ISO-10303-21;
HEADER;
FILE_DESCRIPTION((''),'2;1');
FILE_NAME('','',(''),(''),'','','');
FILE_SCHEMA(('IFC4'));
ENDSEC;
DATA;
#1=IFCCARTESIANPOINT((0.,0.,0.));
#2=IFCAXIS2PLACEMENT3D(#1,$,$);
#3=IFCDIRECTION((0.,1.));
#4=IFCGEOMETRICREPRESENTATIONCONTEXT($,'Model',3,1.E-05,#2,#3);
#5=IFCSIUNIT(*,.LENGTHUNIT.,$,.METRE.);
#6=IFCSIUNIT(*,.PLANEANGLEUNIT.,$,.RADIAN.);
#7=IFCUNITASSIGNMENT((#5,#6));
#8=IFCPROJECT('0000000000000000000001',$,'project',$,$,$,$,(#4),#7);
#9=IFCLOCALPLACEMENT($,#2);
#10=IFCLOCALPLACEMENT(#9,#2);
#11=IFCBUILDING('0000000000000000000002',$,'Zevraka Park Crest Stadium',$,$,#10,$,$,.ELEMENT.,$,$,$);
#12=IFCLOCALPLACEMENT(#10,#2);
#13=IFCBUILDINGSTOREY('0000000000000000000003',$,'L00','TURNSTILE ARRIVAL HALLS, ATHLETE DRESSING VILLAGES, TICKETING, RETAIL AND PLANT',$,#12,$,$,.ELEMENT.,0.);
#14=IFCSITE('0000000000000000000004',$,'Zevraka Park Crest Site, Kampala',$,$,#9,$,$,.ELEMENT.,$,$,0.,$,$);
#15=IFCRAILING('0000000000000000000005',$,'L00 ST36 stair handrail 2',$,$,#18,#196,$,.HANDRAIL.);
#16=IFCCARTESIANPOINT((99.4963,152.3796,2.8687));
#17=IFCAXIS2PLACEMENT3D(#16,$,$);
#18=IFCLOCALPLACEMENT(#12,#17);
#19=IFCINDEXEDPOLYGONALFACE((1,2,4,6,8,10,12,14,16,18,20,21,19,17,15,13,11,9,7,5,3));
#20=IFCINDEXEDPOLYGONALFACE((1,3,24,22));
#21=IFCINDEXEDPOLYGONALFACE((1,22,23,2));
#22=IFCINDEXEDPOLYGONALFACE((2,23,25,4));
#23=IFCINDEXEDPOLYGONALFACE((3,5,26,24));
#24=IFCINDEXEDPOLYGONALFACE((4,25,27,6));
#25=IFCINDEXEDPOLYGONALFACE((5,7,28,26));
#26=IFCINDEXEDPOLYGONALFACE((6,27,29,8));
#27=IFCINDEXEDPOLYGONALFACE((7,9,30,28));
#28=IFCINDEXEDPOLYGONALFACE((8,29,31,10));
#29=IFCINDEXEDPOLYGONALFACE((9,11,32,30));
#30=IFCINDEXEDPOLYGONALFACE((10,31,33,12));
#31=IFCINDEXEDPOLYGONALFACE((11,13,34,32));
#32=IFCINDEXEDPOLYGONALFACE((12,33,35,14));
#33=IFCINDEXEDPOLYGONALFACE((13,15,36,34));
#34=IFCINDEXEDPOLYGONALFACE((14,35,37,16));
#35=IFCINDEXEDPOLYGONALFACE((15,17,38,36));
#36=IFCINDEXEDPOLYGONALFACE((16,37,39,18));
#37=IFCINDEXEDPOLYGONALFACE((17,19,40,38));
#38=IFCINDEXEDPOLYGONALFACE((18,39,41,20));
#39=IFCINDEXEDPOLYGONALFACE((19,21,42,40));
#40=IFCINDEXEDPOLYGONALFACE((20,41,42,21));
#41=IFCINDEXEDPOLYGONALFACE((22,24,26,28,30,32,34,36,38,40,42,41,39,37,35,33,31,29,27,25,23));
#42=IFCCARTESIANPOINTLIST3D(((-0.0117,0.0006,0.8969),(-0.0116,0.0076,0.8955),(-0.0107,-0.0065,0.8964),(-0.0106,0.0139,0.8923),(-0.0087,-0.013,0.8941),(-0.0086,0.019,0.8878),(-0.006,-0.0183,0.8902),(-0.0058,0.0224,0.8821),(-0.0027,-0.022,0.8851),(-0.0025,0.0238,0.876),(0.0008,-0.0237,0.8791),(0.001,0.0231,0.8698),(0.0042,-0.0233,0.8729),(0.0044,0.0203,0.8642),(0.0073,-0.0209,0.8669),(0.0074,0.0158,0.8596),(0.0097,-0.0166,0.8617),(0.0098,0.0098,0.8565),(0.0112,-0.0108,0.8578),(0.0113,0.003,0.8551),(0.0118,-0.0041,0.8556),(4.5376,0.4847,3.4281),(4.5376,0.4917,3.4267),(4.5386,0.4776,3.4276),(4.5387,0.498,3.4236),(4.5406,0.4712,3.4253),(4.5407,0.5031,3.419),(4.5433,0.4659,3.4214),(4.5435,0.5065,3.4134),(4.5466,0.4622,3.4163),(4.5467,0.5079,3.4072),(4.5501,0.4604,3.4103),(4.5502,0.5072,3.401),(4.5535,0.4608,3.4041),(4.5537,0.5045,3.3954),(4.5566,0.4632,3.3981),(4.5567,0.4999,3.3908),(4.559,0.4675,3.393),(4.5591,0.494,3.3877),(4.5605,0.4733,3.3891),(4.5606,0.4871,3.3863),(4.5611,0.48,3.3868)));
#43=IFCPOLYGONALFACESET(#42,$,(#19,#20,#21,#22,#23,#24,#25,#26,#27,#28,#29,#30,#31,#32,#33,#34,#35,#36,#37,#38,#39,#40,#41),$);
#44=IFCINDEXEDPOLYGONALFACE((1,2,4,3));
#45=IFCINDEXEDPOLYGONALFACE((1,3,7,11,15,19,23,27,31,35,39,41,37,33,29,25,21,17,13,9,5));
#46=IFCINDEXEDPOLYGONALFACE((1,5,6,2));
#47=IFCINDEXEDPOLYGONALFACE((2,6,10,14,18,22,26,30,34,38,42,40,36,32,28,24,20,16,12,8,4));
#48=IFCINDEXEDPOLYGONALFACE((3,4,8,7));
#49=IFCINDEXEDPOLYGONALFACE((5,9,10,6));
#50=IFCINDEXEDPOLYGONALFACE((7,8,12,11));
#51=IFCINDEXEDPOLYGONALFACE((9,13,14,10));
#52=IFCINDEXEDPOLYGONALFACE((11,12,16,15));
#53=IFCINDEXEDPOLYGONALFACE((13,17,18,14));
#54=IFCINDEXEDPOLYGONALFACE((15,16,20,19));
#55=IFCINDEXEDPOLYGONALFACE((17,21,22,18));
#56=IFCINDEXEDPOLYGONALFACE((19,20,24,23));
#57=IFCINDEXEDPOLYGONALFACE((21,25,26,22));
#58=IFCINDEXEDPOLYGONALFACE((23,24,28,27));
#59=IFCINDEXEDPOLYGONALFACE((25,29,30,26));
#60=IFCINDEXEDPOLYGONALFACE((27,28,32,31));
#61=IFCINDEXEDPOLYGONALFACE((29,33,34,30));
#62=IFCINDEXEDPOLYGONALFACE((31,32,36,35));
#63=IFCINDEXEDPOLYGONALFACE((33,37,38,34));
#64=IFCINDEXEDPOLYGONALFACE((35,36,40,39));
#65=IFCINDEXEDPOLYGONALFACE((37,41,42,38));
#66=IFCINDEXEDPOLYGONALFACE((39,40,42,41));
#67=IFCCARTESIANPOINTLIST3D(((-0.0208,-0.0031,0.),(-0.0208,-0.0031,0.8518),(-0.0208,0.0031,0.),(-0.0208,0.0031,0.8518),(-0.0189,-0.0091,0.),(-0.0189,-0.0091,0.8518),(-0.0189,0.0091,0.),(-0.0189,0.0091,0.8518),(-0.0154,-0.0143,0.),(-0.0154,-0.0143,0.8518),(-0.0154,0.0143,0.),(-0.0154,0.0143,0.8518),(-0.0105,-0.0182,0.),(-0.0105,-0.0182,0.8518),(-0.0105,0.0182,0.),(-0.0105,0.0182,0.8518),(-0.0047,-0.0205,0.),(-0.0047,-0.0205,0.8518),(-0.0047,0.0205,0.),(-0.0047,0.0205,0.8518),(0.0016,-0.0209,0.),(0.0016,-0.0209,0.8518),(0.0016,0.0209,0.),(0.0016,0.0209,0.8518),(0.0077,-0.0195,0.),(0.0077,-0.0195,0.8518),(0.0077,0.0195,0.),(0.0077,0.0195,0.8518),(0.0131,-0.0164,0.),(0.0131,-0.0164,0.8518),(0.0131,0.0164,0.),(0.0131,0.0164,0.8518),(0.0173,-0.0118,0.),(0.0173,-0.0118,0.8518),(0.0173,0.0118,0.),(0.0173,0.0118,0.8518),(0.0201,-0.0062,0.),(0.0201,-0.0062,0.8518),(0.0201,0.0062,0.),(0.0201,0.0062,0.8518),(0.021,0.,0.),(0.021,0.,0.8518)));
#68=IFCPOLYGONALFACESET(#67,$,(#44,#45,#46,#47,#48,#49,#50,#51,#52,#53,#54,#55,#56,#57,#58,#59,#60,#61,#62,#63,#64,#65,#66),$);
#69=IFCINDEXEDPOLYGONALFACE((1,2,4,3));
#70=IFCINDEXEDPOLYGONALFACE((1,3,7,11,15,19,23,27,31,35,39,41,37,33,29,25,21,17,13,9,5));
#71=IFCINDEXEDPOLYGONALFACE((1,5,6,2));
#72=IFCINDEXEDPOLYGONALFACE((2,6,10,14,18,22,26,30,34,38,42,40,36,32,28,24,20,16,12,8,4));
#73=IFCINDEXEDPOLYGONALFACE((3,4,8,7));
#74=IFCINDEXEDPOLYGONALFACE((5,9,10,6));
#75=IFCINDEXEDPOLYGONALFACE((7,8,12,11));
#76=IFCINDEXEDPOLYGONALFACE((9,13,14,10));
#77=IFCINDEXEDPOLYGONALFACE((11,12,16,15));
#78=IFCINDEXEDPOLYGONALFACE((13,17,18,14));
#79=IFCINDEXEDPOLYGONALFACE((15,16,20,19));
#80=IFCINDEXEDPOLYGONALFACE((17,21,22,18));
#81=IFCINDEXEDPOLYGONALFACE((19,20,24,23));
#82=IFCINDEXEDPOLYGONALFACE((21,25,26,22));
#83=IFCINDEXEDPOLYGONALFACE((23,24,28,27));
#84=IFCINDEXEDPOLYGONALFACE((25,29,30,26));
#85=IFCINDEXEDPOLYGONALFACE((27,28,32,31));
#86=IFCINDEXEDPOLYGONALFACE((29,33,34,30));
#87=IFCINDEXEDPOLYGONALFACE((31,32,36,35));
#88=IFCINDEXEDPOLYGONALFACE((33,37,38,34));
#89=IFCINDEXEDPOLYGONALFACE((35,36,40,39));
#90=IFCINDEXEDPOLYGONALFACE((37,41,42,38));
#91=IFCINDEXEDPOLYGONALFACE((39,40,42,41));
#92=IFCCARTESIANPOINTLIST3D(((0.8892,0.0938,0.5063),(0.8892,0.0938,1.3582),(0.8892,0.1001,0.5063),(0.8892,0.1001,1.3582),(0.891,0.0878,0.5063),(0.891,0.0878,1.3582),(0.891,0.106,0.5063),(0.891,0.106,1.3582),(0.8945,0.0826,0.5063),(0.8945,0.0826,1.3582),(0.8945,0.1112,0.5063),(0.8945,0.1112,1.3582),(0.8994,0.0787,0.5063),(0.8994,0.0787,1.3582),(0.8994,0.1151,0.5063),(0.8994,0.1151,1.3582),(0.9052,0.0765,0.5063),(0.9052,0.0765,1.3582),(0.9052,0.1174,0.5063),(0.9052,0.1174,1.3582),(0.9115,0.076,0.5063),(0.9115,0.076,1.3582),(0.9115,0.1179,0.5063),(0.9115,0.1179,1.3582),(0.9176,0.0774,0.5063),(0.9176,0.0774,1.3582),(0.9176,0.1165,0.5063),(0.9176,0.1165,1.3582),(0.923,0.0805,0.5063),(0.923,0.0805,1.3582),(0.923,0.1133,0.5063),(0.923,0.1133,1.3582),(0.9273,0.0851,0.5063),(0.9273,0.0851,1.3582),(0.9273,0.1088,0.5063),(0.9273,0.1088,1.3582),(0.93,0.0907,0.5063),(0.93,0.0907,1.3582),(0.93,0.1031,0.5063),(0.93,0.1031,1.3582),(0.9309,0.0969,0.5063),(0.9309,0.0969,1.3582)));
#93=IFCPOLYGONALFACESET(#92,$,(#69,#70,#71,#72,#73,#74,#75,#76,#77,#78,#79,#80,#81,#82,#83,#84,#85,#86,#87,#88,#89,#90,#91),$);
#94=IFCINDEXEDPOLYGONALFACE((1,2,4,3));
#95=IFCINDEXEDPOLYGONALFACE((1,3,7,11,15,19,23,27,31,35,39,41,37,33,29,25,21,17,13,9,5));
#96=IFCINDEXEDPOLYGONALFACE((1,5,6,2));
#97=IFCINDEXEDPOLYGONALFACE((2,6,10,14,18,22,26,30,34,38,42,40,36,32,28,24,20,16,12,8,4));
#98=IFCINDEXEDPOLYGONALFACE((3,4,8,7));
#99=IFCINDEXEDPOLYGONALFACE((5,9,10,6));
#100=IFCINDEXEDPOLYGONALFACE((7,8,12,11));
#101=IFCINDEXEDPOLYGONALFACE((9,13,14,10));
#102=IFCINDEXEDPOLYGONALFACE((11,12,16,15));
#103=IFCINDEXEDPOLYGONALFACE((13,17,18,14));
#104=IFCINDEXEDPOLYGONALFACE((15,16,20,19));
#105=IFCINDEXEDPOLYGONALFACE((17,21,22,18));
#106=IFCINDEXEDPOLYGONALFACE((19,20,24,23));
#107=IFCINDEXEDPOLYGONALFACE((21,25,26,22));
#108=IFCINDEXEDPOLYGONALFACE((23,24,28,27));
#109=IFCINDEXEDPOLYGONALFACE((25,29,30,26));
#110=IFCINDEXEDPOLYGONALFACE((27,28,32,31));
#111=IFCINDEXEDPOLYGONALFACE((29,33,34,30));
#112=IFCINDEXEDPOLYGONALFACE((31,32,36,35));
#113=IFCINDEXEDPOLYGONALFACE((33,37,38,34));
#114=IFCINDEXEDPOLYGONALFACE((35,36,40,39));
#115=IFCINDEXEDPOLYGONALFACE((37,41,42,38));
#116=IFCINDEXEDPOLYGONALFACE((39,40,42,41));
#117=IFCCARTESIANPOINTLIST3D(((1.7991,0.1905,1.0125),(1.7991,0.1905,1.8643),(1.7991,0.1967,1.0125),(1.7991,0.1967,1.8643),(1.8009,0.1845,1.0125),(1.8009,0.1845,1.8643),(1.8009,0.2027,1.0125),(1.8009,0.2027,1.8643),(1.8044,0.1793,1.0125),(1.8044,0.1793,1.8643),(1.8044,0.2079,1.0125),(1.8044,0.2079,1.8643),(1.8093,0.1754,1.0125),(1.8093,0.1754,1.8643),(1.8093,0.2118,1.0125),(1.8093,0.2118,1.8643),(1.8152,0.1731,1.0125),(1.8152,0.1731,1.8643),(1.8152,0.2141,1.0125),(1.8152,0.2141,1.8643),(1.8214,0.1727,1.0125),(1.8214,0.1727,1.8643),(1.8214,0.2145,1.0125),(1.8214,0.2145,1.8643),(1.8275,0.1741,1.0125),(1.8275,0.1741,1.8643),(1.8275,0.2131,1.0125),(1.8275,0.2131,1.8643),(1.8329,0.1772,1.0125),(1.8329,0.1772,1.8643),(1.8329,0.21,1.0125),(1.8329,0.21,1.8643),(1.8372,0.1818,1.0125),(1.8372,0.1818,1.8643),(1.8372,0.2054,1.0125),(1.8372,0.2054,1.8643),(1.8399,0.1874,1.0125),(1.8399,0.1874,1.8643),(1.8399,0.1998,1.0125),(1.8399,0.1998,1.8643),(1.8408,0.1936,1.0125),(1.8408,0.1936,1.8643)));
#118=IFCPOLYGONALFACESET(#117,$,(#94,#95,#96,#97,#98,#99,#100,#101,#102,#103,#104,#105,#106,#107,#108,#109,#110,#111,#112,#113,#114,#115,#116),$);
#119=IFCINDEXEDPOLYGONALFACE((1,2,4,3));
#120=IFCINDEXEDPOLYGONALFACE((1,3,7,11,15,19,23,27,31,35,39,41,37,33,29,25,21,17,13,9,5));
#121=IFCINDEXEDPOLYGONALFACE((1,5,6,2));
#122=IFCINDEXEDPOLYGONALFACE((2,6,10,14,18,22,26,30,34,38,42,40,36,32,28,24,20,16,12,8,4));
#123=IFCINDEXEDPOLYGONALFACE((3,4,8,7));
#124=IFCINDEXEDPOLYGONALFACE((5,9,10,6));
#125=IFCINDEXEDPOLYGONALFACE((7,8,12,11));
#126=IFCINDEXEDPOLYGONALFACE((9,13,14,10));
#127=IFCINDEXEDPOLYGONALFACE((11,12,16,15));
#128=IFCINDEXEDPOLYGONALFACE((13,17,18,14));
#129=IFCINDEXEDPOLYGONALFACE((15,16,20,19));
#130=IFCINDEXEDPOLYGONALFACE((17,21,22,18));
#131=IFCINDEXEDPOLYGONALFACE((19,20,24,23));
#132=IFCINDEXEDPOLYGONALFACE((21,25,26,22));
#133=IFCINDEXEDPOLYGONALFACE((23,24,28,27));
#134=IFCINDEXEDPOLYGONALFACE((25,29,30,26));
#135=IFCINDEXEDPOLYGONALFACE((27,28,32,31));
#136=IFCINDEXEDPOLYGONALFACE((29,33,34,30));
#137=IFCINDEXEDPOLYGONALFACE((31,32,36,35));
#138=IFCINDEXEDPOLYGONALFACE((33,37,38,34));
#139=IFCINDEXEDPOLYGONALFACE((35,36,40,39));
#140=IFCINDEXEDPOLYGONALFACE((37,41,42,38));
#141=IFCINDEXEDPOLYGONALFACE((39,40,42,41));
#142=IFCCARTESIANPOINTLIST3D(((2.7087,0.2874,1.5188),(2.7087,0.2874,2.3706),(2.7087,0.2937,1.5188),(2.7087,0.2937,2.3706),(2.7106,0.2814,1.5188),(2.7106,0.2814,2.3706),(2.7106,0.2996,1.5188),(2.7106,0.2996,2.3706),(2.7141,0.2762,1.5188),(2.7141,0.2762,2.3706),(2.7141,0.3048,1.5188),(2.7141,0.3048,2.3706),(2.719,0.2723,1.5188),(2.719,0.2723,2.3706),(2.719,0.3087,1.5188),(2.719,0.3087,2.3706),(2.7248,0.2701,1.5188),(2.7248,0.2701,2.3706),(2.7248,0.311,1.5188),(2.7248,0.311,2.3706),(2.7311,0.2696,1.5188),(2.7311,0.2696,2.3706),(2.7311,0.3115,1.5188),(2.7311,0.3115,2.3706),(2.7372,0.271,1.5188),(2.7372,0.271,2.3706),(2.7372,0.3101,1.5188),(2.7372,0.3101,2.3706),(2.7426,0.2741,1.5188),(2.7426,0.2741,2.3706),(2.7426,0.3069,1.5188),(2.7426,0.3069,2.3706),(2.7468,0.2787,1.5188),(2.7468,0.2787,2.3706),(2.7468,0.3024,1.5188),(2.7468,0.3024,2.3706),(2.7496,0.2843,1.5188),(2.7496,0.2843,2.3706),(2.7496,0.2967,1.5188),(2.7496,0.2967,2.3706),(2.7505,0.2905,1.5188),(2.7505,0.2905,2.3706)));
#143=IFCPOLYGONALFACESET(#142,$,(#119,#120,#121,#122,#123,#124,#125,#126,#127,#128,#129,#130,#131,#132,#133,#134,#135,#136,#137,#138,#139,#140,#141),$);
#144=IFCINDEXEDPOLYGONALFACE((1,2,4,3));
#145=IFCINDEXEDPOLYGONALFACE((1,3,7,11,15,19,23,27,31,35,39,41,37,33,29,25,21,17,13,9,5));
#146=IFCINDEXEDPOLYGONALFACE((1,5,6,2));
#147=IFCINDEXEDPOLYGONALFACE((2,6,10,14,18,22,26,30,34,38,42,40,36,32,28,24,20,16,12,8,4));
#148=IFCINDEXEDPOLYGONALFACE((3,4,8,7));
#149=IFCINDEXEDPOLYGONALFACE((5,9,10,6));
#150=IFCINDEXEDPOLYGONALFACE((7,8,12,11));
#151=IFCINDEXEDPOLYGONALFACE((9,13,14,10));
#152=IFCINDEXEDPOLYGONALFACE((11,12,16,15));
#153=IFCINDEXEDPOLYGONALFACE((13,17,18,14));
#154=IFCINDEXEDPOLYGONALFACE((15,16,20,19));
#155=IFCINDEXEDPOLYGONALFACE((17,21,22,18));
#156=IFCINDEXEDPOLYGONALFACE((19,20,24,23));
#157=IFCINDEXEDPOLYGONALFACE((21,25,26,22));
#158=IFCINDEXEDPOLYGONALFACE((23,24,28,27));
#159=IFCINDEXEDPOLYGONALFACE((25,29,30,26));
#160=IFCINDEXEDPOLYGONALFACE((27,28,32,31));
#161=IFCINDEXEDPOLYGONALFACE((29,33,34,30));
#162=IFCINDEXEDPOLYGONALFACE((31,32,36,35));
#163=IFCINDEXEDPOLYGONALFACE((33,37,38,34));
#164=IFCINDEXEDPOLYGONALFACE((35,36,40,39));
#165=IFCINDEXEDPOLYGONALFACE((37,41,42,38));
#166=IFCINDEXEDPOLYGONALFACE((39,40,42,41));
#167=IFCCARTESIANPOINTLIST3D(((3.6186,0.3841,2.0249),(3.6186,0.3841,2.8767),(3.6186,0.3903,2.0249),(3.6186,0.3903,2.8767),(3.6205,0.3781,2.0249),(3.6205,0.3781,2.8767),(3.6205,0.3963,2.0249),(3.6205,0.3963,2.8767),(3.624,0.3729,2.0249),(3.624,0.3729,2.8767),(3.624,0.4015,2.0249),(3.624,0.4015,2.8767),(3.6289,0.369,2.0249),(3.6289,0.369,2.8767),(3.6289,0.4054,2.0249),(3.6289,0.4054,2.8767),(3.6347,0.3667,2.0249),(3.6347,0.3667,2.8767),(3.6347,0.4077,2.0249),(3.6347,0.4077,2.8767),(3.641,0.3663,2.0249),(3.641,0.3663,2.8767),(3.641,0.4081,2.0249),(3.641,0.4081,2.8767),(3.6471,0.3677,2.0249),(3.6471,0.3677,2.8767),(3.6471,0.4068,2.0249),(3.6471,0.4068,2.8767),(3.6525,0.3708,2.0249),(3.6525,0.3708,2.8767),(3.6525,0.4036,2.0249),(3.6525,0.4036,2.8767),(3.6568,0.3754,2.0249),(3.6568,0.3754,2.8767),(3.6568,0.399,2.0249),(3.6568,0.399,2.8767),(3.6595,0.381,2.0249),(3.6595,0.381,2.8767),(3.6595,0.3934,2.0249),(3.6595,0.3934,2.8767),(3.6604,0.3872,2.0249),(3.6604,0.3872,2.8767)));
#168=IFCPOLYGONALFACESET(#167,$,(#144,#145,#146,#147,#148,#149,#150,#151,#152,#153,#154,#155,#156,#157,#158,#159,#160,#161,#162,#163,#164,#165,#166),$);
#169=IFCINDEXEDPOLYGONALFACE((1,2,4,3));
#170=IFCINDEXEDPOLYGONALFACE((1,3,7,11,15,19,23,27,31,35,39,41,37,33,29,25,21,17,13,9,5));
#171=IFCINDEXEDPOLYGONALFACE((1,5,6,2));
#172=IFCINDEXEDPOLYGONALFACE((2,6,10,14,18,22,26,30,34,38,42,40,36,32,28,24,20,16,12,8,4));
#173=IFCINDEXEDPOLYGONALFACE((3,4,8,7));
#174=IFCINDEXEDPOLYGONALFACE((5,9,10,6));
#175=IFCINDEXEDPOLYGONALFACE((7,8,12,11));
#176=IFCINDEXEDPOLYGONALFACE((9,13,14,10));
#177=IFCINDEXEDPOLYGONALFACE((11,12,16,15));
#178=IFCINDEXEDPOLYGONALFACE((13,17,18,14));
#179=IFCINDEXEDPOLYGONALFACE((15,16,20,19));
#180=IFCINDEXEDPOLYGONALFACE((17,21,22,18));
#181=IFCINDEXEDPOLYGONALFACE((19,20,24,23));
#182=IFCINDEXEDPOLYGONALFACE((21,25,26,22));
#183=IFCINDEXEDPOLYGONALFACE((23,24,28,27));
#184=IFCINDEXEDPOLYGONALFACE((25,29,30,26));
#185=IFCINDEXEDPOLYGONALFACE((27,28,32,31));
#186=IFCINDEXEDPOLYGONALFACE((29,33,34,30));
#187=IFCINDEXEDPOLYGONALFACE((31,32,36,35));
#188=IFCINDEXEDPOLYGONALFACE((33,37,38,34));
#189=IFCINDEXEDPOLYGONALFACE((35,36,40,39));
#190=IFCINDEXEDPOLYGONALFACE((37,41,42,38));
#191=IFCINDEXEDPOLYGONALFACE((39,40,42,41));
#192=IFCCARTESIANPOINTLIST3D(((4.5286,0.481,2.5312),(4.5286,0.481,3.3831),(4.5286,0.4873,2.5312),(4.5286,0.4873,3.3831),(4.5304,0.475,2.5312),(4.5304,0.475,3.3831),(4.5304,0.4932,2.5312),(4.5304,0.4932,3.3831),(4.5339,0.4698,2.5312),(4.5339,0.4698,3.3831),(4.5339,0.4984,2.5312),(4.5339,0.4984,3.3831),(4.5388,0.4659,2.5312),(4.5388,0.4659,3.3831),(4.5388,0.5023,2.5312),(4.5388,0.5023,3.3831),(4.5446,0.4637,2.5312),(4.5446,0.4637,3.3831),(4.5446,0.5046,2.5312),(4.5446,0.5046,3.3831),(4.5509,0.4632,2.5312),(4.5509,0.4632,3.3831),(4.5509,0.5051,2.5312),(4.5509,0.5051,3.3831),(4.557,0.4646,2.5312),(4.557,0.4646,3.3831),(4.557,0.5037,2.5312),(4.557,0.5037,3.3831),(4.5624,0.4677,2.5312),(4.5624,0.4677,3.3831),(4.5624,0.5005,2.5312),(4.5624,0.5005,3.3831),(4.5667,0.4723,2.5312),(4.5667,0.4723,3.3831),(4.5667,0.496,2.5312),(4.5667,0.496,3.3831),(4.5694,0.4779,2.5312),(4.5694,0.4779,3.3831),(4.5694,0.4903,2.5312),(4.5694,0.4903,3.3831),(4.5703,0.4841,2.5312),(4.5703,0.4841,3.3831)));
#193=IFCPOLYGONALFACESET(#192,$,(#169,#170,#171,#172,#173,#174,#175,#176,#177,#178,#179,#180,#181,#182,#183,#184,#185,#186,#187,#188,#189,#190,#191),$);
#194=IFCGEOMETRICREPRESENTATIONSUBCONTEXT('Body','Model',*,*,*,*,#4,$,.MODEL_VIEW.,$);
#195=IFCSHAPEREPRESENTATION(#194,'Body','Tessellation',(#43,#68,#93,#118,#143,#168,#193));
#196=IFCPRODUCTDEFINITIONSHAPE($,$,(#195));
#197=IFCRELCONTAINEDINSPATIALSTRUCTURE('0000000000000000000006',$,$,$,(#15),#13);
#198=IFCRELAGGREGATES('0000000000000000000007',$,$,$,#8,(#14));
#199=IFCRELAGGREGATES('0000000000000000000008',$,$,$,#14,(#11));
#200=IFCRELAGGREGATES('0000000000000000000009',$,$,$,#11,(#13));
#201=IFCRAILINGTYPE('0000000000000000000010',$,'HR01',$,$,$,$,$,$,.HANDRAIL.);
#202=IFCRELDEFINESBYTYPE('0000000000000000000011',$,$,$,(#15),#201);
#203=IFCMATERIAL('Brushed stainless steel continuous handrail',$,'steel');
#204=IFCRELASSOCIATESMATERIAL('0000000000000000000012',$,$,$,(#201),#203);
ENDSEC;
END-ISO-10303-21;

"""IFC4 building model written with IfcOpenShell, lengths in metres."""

from ifc_helpers import new_model, si_unit, direction, frame, origin, origin_2d, place, context, subcontext, project, spatial, circle, extrude, material, type_object, element, save


model = new_model("IFC4")

# Units and contexts
model_context = context("Model", 3, precision=1e-05, world=origin(), true_north=direction((0.0, 1.0)))
body_context = subcontext(model_context, "Body", "Model", "MODEL_VIEW")
ifc_project = project(units=[si_unit("LENGTHUNIT", "METRE"), si_unit("PLANEANGLEUNIT", "RADIAN")], contexts=[model_context])

# Site, building, storey
site_placement = place(None, origin())
site = spatial("IfcSite", under=ifc_project, at=site_placement, Name="Zevraka Park Crest Site, Kampala", CompositionType="ELEMENT", RefElevation=0.0)
building_placement = place(site_placement, origin())
building = spatial("IfcBuilding", under=site, at=building_placement, Name="Zevraka Park Crest Stadium", CompositionType="ELEMENT")
storey_placement = place(building_placement, origin())
storey = spatial("IfcBuildingStorey", under=building, at=storey_placement, Name="L00", Description="TURNSTILE ARRIVAL HALLS, ATHLETE DRESSING VILLAGES, TICKETING, RETAIL AND PLANT", CompositionType="ELEMENT", Elevation=0.0)

# Railing
ifc_material_1 = material(Name="Brushed stainless steel continuous handrail", Category="steel")
railing_type_1 = type_object("IfcRailingType", Name="HR01", PredefinedType="HANDRAIL", material=ifc_material_1)
railing_1_placement = place(storey_placement, frame((99.4963, 152.3796, 2.8687)))
element("IfcRailing", 1, at=railing_1_placement, inside=storey, type_object=railing_type_1, Name="L00 ST36 stair handrail 2", PredefinedType="HANDRAIL", context=body_context, shape_type="SweptSolid", body=[
    extrude(circle(Radius=0.0239, at=origin_2d()), frame((0.0, 0.0, 0.876), z_axis=(0.870089, 0.092593, 0.484119), x_axis=(-0.105821, 0.994385, 0.0)), (0.0, 0.0, 1.0), 5.2285),
    extrude(circle(Radius=0.021, at=origin_2d()), origin(), (0.0, 0.0, 1.0), 0.8518),
    extrude(circle(Radius=0.021, at=origin_2d()), frame((0.9099, 0.0969, 0.5063)), (0.0, 0.0, 1.0), 0.8518),
    extrude(circle(Radius=0.021, at=origin_2d()), frame((1.8198, 0.1936, 1.0125)), (0.0, 0.0, 1.0), 0.8518),
    extrude(circle(Radius=0.021, at=origin_2d()), frame((2.7295, 0.2905, 1.5188)), (0.0, 0.0, 1.0), 0.8518),
    extrude(circle(Radius=0.021, at=origin_2d()), frame((3.6394, 0.3872, 2.0249)), (0.0, 0.0, 1.0), 0.8518),
    extrude(circle(Radius=0.021, at=origin_2d()), frame((4.5493, 0.4841, 2.5312)), (0.0, 0.0, 1.0), 0.8518),
])

save(model, "model.ifc")
